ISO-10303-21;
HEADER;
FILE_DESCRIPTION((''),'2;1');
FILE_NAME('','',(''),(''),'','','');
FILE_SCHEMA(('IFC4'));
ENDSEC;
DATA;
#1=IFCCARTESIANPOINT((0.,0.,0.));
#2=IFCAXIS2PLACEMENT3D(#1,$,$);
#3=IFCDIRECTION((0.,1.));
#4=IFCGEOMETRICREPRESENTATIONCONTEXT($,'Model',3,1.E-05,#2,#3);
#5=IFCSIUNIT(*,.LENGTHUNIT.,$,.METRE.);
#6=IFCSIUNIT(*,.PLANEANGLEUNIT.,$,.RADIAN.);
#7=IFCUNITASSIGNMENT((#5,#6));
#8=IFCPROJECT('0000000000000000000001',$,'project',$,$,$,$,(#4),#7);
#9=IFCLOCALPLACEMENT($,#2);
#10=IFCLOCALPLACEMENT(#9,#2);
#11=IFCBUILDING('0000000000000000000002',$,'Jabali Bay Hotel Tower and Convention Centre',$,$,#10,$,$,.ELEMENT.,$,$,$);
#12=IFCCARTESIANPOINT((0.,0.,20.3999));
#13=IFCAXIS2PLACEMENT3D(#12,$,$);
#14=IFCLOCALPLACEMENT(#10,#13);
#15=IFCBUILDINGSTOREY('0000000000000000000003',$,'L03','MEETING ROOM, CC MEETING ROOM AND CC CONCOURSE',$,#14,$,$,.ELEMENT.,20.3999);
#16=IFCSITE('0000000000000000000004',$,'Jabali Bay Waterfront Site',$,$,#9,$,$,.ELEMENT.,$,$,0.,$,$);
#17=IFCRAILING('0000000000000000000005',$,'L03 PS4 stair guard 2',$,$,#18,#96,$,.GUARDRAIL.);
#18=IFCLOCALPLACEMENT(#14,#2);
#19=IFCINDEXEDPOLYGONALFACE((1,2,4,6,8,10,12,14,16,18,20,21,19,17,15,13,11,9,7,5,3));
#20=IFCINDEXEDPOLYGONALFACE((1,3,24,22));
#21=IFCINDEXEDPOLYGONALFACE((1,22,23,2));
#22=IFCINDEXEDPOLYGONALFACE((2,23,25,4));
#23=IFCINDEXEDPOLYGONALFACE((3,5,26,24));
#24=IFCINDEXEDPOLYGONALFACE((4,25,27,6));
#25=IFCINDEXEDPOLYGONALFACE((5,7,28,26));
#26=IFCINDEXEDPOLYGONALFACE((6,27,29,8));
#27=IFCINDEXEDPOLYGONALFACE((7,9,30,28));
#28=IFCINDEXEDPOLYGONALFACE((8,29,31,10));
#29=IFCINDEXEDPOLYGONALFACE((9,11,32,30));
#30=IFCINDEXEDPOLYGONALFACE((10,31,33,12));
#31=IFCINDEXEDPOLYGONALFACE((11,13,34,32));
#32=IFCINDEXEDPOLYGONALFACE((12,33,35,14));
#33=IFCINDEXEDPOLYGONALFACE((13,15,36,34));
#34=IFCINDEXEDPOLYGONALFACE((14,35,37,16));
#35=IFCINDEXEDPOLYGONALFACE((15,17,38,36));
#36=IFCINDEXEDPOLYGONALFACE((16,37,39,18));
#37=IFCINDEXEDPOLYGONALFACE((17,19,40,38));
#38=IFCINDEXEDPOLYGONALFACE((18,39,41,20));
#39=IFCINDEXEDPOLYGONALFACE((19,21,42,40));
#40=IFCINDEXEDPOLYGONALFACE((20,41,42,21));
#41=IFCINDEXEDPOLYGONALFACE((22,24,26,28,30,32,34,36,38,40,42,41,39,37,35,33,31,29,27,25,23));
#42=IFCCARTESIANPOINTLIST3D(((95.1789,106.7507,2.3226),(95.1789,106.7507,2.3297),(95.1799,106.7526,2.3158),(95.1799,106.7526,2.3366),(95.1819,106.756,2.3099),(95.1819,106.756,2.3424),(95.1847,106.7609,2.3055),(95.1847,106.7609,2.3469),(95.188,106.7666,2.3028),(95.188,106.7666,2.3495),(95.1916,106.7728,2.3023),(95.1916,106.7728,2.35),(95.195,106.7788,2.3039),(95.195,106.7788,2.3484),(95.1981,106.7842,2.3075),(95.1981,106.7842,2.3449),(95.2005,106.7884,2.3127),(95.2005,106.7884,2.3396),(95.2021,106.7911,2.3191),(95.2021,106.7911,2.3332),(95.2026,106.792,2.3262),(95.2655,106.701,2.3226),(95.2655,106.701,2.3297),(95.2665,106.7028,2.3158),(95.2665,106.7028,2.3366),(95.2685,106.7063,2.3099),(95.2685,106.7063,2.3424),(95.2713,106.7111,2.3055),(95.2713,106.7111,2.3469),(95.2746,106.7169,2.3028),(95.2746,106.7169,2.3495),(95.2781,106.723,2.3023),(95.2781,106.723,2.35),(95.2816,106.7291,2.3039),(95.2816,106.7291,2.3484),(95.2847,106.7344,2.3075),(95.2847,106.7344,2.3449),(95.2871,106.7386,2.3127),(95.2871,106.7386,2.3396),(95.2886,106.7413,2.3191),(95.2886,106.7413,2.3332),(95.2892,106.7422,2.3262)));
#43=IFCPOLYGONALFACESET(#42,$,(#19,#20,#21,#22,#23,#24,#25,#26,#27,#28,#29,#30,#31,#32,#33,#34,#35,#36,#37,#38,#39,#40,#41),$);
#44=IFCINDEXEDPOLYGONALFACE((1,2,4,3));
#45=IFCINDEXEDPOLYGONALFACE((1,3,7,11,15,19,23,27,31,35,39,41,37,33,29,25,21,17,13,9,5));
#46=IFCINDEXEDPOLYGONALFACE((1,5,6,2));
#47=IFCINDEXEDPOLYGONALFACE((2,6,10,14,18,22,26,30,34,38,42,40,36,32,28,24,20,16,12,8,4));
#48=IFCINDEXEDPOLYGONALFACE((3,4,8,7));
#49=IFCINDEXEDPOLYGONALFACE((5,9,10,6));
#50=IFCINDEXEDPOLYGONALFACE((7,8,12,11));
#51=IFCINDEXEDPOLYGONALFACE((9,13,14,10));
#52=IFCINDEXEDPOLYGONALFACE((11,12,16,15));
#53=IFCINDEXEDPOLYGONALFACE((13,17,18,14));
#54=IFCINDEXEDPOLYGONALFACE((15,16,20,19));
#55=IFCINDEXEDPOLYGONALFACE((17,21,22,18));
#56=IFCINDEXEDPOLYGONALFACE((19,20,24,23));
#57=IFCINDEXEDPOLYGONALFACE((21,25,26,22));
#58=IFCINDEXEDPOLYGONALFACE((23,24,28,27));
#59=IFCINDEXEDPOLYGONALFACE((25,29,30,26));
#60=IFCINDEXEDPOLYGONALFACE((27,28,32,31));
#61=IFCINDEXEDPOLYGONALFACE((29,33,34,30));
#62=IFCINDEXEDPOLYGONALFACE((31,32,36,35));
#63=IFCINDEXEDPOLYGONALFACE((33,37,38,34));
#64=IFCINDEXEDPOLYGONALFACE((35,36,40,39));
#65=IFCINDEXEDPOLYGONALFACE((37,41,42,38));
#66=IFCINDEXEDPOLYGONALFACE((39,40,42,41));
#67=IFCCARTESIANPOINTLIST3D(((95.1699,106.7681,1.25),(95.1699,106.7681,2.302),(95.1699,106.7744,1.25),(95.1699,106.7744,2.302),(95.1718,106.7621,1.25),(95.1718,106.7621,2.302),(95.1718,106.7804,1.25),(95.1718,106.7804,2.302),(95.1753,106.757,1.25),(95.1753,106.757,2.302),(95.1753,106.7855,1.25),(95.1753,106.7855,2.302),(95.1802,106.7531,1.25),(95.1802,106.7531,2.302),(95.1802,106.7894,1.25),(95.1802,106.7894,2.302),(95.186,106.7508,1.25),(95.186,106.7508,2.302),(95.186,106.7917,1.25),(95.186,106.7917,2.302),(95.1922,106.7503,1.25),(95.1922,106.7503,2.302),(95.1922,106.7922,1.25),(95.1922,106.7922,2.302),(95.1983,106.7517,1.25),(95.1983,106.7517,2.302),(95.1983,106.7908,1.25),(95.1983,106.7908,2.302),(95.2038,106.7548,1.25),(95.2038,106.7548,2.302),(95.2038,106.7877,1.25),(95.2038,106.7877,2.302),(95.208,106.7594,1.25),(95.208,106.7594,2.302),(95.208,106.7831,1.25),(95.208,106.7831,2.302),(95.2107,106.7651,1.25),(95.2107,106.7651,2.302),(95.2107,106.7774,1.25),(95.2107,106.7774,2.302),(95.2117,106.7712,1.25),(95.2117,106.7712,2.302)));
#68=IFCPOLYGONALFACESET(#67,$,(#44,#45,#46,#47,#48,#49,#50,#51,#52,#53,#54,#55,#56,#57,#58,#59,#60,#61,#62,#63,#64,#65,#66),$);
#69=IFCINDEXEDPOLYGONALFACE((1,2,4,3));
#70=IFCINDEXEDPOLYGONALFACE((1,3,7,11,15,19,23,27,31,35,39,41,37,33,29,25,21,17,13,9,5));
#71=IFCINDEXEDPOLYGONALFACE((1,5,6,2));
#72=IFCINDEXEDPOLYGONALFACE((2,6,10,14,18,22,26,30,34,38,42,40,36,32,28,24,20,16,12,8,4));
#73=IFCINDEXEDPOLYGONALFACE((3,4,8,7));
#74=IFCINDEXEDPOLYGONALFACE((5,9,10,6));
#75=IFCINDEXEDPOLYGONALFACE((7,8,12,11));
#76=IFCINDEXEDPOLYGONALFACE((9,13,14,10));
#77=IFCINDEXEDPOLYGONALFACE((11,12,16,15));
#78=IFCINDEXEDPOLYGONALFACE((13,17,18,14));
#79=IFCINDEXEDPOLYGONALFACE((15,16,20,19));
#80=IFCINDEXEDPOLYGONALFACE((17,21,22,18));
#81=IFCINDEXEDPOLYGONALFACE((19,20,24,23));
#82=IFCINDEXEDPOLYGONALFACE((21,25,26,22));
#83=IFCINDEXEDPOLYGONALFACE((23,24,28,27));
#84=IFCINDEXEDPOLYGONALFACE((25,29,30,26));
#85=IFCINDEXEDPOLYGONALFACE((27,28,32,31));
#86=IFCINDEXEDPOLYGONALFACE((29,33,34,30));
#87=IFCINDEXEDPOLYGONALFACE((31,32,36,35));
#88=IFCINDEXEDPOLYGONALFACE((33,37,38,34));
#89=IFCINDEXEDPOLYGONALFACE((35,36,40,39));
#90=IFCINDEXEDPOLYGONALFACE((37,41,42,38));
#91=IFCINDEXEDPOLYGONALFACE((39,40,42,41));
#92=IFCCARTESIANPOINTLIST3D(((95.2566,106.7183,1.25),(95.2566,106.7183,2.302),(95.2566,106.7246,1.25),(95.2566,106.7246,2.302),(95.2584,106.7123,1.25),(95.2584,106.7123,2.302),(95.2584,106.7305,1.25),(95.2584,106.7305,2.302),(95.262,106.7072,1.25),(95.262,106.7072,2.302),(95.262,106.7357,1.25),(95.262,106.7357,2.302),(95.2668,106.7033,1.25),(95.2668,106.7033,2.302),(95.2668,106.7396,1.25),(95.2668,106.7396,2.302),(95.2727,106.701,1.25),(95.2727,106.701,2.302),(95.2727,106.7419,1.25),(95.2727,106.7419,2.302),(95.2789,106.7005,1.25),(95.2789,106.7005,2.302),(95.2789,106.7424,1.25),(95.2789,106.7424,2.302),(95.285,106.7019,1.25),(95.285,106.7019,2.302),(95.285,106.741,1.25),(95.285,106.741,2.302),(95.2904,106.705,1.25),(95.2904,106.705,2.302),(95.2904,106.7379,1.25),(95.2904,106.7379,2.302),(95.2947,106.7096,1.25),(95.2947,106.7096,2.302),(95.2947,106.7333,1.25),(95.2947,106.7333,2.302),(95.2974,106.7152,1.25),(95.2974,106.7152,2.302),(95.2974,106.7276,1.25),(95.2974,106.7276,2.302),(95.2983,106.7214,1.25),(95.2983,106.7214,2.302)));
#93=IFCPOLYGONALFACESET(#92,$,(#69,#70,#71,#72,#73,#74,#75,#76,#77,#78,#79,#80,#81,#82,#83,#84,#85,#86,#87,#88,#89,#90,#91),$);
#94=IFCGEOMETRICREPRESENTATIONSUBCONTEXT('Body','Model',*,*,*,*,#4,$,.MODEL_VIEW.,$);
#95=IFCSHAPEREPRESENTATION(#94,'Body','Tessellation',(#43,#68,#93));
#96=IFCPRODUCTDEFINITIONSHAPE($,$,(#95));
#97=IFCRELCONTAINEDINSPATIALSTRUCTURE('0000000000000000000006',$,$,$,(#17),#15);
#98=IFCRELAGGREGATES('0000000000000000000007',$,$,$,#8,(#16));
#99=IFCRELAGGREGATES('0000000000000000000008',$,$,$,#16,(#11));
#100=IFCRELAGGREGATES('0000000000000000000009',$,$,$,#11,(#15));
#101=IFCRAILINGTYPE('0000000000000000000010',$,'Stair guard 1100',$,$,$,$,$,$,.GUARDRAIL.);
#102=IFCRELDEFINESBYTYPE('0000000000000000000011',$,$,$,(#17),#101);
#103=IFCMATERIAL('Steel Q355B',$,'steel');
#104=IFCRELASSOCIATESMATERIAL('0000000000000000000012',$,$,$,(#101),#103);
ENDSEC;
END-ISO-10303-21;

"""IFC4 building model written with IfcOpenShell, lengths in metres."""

from ifc_helpers import new_model, si_unit, direction, frame, origin, origin_2d, place, context, subcontext, project, spatial, circle, extrude, material, type_object, element, save


model = new_model("IFC4")

# Units and contexts
model_context = context("Model", 3, precision=1e-05, world=origin(), true_north=direction((0.0, 1.0)))
body_context = subcontext(model_context, "Body", "Model", "MODEL_VIEW")
ifc_project = project(units=[si_unit("LENGTHUNIT", "METRE"), si_unit("PLANEANGLEUNIT", "RADIAN")], contexts=[model_context])

# Site, building, storey
site_placement = place(None, origin())
site = spatial("IfcSite", under=ifc_project, at=site_placement, Name="Jabali Bay Waterfront Site", CompositionType="ELEMENT", RefElevation=0.0)
building_placement = place(site_placement, origin())
building = spatial("IfcBuilding", under=site, at=building_placement, Name="Jabali Bay Hotel Tower and Convention Centre", CompositionType="ELEMENT")
storey_placement = place(building_placement, frame((0.0, 0.0, 20.3999)))
storey = spatial("IfcBuildingStorey", under=building, at=storey_placement, Name="L03", Description="MEETING ROOM, CC MEETING ROOM AND CC CONCOURSE", CompositionType="ELEMENT", Elevation=20.3999)

# Railing
ifc_material_1 = material(Name="Steel Q355B", Category="steel")
railing_type_1 = type_object("IfcRailingType", Name="Stair guard 1100", PredefinedType="GUARDRAIL", material=ifc_material_1)
railing_1_placement = place(storey_placement, frame((95.1907, 106.7712, 1.25)))
element("IfcRailing", 1, at=railing_1_placement, inside=storey, type_object=railing_type_1, Name="L03 PS4 stair guard 2", PredefinedType="GUARDRAIL", context=body_context, shape_type="SweptSolid", body=[
    extrude(circle(Radius=0.0239, at=origin_2d()), frame((0.0, 0.0, 1.0762), z_axis=(0.867038, -0.498242, 0.0), x_axis=(0.498242, 0.867038, 0.0)), (0.0, 0.0, 1.0), 0.0999),
    extrude(circle(Radius=0.021, at=origin_2d()), origin(), (0.0, 0.0, 1.0), 1.052),
    extrude(circle(Radius=0.021, at=origin_2d()), frame((0.0867, -0.0498, 0.0)), (0.0, 0.0, 1.0), 1.052),
])

save(model, "model.ifc")
